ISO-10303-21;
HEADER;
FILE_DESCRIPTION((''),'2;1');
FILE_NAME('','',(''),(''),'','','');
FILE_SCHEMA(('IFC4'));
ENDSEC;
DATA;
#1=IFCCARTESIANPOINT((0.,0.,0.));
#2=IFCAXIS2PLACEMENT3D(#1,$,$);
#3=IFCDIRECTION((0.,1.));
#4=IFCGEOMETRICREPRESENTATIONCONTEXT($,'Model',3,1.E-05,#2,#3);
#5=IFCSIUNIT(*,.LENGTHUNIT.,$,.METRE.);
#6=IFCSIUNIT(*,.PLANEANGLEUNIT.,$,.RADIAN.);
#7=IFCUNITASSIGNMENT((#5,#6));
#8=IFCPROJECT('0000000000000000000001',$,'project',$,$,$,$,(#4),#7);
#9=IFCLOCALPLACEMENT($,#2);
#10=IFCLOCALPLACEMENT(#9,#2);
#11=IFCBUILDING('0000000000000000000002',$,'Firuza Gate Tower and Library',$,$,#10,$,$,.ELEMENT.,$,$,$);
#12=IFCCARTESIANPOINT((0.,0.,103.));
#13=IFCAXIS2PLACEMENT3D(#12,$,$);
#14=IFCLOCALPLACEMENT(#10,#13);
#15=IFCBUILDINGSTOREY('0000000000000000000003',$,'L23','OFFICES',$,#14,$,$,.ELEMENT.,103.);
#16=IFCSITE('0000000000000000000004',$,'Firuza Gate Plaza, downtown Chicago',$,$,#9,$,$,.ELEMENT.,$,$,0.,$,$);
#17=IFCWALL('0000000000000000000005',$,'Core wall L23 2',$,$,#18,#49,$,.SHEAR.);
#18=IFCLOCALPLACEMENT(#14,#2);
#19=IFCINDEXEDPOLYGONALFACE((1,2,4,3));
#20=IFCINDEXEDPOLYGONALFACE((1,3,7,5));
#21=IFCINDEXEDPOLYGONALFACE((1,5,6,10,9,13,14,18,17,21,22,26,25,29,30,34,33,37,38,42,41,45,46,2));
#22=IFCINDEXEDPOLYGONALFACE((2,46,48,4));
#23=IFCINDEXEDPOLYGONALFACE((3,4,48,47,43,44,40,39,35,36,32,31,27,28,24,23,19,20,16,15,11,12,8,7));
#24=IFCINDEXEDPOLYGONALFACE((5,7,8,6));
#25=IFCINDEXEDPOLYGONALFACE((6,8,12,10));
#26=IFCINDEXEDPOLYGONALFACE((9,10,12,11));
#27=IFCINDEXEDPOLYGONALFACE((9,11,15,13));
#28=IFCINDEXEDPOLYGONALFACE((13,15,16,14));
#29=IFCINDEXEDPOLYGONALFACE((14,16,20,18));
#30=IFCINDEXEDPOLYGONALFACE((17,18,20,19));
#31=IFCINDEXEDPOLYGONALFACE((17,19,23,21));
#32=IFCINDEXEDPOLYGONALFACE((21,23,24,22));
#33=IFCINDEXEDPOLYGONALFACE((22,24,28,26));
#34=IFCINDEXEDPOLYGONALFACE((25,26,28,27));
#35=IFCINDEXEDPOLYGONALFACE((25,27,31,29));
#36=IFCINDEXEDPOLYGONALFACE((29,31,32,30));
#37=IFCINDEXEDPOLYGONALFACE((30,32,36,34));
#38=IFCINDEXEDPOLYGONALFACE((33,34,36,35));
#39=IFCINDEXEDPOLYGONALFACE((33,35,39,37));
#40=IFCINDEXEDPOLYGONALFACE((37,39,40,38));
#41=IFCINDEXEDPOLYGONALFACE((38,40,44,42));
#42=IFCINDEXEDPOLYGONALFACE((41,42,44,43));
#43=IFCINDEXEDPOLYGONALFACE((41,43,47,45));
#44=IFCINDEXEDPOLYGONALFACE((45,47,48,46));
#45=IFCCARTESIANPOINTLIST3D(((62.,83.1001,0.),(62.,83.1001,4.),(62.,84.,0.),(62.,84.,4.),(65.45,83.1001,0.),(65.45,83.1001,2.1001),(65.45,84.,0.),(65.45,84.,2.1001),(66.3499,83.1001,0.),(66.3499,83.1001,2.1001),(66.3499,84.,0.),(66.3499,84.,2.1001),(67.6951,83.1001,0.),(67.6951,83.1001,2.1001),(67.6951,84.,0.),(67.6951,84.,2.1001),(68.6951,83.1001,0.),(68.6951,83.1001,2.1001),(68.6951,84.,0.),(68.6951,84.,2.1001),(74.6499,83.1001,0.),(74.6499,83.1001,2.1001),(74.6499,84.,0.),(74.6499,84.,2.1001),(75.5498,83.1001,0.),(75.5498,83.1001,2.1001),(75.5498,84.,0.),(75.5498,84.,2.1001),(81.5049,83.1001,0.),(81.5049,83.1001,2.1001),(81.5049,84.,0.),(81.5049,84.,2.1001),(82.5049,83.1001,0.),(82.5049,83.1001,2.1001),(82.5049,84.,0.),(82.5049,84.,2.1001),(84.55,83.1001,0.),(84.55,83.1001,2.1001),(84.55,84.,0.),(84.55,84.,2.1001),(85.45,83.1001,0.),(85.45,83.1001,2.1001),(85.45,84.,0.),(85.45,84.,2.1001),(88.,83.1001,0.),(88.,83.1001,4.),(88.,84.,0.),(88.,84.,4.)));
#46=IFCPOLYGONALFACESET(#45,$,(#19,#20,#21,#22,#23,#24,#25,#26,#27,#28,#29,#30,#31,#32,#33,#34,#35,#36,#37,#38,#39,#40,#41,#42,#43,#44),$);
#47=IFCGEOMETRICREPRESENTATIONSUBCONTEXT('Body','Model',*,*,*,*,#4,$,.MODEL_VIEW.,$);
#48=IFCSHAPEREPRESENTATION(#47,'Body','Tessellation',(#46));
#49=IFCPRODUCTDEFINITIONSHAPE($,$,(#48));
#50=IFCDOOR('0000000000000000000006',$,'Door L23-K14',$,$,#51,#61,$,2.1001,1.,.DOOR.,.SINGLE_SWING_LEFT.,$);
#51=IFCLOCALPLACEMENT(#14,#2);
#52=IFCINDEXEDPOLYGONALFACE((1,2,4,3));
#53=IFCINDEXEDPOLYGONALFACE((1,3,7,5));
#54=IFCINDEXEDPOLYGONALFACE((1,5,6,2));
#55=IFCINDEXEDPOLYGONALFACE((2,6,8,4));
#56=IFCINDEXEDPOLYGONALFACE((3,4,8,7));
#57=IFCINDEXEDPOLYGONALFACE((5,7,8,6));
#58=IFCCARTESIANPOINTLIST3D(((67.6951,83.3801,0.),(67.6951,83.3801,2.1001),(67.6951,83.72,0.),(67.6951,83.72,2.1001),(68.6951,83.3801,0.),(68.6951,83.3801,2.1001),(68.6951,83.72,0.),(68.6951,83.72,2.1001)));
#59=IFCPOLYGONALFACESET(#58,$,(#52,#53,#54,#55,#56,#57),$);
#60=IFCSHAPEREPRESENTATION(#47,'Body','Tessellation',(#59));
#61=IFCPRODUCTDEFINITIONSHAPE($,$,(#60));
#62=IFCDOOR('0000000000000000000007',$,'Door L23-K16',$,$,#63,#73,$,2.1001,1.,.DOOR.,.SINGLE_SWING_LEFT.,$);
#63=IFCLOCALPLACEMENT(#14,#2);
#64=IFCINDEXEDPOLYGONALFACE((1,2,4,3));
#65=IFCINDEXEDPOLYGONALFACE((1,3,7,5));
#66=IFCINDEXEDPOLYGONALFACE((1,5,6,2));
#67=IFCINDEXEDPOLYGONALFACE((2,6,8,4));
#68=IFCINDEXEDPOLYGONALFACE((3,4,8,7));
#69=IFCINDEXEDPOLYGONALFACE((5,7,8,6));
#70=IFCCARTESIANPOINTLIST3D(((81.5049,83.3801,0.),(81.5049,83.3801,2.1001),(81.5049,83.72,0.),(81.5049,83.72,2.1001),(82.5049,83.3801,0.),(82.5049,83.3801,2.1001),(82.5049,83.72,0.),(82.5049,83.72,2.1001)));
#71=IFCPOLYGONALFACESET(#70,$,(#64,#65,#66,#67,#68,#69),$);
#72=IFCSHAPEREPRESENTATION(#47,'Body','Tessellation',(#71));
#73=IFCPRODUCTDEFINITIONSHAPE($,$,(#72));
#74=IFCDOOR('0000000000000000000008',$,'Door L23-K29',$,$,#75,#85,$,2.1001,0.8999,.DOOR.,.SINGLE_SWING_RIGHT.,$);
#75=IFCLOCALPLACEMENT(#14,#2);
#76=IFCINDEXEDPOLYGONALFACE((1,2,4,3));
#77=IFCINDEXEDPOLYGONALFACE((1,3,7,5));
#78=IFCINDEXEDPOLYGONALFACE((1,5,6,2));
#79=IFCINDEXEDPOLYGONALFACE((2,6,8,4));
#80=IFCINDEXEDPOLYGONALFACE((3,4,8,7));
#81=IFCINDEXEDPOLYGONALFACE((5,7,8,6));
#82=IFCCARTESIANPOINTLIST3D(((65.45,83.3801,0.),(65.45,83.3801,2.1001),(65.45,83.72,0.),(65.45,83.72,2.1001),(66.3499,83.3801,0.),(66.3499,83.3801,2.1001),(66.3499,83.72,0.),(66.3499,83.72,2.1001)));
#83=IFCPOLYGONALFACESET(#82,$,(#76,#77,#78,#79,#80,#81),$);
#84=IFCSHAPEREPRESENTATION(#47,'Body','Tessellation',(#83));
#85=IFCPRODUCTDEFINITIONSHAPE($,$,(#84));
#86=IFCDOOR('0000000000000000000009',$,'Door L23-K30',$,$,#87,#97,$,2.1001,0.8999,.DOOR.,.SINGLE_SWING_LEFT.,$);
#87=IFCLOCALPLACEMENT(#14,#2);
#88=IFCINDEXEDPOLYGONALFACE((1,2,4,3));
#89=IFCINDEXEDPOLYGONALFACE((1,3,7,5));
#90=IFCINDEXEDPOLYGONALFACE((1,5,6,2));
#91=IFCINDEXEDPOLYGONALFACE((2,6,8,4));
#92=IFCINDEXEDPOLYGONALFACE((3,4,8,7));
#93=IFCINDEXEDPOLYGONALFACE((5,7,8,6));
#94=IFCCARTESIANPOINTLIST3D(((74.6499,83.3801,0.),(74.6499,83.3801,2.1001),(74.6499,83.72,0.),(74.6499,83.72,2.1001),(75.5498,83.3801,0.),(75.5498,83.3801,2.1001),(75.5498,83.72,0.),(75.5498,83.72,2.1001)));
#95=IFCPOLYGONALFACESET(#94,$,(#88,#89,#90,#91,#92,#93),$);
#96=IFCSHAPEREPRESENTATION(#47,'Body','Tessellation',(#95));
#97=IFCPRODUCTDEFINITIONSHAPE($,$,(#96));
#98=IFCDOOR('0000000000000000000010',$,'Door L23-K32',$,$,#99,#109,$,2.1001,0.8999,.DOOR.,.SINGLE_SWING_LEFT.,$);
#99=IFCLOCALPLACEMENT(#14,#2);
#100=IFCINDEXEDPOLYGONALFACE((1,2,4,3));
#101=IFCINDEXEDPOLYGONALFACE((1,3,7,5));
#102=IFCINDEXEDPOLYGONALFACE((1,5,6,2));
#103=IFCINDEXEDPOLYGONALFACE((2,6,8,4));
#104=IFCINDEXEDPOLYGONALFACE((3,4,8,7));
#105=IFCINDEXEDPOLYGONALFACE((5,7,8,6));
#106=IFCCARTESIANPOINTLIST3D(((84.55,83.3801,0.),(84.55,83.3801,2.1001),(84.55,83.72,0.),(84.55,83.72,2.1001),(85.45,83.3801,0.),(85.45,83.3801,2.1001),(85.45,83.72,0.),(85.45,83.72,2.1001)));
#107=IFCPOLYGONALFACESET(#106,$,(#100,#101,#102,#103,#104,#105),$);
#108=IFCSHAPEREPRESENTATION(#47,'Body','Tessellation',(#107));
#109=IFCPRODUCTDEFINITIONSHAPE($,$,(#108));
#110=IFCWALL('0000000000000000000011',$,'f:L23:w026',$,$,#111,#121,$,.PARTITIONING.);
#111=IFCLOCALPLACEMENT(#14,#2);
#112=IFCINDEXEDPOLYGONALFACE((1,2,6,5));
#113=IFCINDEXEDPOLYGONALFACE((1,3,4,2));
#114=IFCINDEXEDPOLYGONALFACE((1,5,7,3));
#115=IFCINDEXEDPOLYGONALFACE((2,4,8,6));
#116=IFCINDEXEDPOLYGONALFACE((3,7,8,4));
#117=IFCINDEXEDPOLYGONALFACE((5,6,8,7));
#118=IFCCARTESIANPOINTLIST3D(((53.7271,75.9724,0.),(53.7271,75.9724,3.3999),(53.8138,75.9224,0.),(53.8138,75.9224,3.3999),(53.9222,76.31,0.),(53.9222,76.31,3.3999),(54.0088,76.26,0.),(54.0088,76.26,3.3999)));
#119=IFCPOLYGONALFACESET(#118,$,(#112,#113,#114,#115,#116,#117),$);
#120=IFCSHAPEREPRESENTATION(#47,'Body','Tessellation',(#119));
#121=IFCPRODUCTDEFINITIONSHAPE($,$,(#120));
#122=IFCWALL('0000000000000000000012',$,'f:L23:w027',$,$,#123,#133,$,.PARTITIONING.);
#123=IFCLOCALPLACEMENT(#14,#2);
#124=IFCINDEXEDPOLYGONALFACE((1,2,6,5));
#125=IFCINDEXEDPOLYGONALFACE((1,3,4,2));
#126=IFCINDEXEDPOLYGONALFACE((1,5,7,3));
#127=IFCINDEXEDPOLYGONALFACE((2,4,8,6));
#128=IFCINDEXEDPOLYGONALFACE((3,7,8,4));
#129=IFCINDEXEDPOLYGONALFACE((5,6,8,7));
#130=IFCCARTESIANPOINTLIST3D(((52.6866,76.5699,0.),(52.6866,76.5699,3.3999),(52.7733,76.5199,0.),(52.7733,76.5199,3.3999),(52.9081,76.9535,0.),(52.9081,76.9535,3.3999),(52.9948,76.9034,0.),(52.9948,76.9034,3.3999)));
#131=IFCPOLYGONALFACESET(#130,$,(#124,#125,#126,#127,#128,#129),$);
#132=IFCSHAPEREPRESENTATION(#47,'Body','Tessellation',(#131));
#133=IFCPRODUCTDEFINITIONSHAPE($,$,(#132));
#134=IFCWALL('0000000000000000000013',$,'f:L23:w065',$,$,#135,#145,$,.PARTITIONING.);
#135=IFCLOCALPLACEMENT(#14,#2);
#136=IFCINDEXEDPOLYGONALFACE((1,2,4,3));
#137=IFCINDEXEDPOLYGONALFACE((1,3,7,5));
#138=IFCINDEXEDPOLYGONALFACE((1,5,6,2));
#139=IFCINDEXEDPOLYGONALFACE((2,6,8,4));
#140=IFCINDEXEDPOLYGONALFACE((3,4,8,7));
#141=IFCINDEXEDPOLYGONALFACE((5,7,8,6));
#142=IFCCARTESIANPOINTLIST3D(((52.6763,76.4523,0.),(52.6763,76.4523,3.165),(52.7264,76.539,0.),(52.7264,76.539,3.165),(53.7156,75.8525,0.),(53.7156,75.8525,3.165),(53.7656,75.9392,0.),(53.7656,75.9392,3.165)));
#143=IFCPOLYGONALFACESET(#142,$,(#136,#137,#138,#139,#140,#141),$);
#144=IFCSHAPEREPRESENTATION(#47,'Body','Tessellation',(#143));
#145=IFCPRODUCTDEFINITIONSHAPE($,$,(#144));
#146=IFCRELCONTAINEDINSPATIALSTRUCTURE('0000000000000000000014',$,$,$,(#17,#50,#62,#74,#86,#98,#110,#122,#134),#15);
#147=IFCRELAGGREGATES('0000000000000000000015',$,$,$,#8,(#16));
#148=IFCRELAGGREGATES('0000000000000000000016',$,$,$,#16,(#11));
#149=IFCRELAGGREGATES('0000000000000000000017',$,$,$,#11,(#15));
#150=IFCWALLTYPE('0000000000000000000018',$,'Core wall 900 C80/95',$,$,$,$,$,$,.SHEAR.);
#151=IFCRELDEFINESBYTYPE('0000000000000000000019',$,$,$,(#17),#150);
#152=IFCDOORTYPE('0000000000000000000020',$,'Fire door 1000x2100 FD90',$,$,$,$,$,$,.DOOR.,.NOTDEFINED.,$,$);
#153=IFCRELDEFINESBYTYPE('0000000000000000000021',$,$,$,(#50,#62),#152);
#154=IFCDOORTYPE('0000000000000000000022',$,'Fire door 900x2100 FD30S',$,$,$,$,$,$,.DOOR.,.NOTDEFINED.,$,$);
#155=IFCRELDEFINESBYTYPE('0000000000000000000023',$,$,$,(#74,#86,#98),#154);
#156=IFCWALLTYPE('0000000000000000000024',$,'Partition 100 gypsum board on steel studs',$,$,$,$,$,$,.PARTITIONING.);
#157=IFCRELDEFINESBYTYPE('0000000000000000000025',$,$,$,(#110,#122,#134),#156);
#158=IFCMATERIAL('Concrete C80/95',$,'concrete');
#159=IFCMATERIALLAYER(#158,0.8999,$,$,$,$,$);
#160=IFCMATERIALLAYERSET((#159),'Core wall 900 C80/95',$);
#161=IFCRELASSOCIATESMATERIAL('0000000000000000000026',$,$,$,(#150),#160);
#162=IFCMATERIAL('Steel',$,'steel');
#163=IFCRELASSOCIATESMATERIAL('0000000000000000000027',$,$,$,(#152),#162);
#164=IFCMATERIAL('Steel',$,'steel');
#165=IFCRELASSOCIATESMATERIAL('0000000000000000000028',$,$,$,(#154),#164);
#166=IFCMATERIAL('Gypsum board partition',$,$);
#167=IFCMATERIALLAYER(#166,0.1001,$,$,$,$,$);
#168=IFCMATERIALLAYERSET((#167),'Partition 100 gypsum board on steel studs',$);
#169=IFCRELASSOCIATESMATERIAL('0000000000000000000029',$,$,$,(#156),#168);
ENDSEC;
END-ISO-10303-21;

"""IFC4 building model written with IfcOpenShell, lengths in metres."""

from ifc_helpers import new_model, si_unit, direction, frame, frame_2d, origin, place, context, subcontext, project, spatial, rectangle, extrude, material, layer, layer_set, type_object, element, fill, save


model = new_model("IFC4")

# Units and contexts
model_context = context("Model", 3, precision=1e-05, world=origin(), true_north=direction((0.0, 1.0)))
body_context = subcontext(model_context, "Body", "Model", "MODEL_VIEW")
ifc_project = project(units=[si_unit("LENGTHUNIT", "METRE"), si_unit("PLANEANGLEUNIT", "RADIAN")], contexts=[model_context])

# Site, building, storey
site_placement = place(None, origin())
site = spatial("IfcSite", under=ifc_project, at=site_placement, Name="Firuza Gate Plaza, downtown Chicago", CompositionType="ELEMENT", RefElevation=0.0)
building_placement = place(site_placement, origin())
building = spatial("IfcBuilding", under=site, at=building_placement, Name="Firuza Gate Tower and Library", CompositionType="ELEMENT")
storey_placement = place(building_placement, frame((0.0, 0.0, 103.0)))
storey = spatial("IfcBuildingStorey", under=building, at=storey_placement, Name="L23", Description="OFFICES", CompositionType="ELEMENT", Elevation=103.0)

# Wall, openings, doors
ifc_material_1 = material(Name="Concrete C80/95", Category="concrete")
ifc_layer_1 = layer(ifc_material_1, 0.8999)
ifc_layer_set_1 = layer_set([ifc_layer_1], Name="Core wall 900 C80/95")
wall_type_1 = type_object("IfcWallType", Name="Core wall 900 C80/95", PredefinedType="SHEAR", material=ifc_layer_set_1)
wall_1_placement = place(storey_placement, frame((62.0, 83.55, 0.0), z_axis=(0.0, 0.0, 1.0), x_axis=(1.0, 0.0, 0.0)))
wall_1 = element("IfcWall", 1, at=wall_1_placement, inside=storey, type_object=wall_type_1, Name="Core wall L23 2", PredefinedType="SHEAR", context=body_context, shape_type="SweptSolid", body=[
    extrude(rectangle(XDim=26.0, YDim=0.8999, at=frame_2d((13.0, 0.0))), origin(), (0.0, 0.0, 1.0), 4.0),
])
opening_1_placement = place(wall_1_placement, frame((5.6951, 0.0, 0.0)))
opening_1 = element("IfcOpeningElement", 2, at=opening_1_placement, cuts=wall_1, PredefinedType="OPENING", context=body_context, shape_type="SweptSolid", body=[
    extrude(rectangle(XDim=1.0, YDim=2.1001, at=frame_2d((0.5, 1.05))), frame((0.0, 0.46, 0.0), z_axis=(0.0, -1.0, 0.0), x_axis=(1.0, 0.0, 0.0)), (0.0, 0.0, 1.0), 0.9199),
])
opening_2_placement = place(wall_1_placement, frame((19.5049, 0.0, 0.0)))
opening_2 = element("IfcOpeningElement", 3, at=opening_2_placement, cuts=wall_1, PredefinedType="OPENING", context=body_context, shape_type="SweptSolid", body=[
    extrude(rectangle(XDim=1.0, YDim=2.1001, at=frame_2d((0.5, 1.05))), frame((0.0, 0.46, 0.0), z_axis=(0.0, -1.0, 0.0), x_axis=(1.0, 0.0, 0.0)), (0.0, 0.0, 1.0), 0.9199),
])
opening_3_placement = place(wall_1_placement, frame((3.45, 0.0, 0.0)))
opening_3 = element("IfcOpeningElement", 4, at=opening_3_placement, cuts=wall_1, PredefinedType="OPENING", context=body_context, shape_type="SweptSolid", body=[
    extrude(rectangle(XDim=0.8999, YDim=2.1001, at=frame_2d((0.45, 1.05))), frame((0.0, 0.46, 0.0), z_axis=(0.0, -1.0, 0.0), x_axis=(1.0, 0.0, 0.0)), (0.0, 0.0, 1.0), 0.9199),
])
opening_4_placement = place(wall_1_placement, frame((12.6499, 0.0, 0.0)))
opening_4 = element("IfcOpeningElement", 5, at=opening_4_placement, cuts=wall_1, PredefinedType="OPENING", context=body_context, shape_type="SweptSolid", body=[
    extrude(rectangle(XDim=0.8999, YDim=2.1001, at=frame_2d((0.45, 1.05))), frame((0.0, 0.46, 0.0), z_axis=(0.0, -1.0, 0.0), x_axis=(1.0, 0.0, 0.0)), (0.0, 0.0, 1.0), 0.9199),
])
opening_5_placement = place(wall_1_placement, frame((22.55, 0.0, 0.0)))
opening_5 = element("IfcOpeningElement", 6, at=opening_5_placement, cuts=wall_1, PredefinedType="OPENING", context=body_context, shape_type="SweptSolid", body=[
    extrude(rectangle(XDim=0.8999, YDim=2.1001, at=frame_2d((0.45, 1.05))), frame((0.0, 0.46, 0.0), z_axis=(0.0, -1.0, 0.0), x_axis=(1.0, 0.0, 0.0)), (0.0, 0.0, 1.0), 0.9199),
])
ifc_material_2 = material(Name="Steel", Category="steel")
door_type_1 = type_object("IfcDoorType", Name="Fire door 1000x2100 FD90", OperationType="NOTDEFINED", PredefinedType="DOOR", material=ifc_material_2)
door_1_placement = place(opening_1_placement, origin())
door_1 = element("IfcDoor", 7, at=door_1_placement, inside=storey, type_object=door_type_1, Name="Door L23-K14", OperationType="SINGLE_SWING_LEFT", OverallHeight=2.1001, OverallWidth=1.0, PredefinedType="DOOR", context=body_context, shape_type="SweptSolid", body=[
    extrude(rectangle(XDim=1.0, YDim=2.1001, at=frame_2d((0.5, 1.05))), frame((0.0, 0.1699, 0.0), z_axis=(0.0, -1.0, 0.0), x_axis=(1.0, 0.0, 0.0)), (0.0, 0.0, 1.0), 0.3398),
])
fill(opening_1, door_1)
door_2_placement = place(opening_2_placement, origin())
door_2 = element("IfcDoor", 8, at=door_2_placement, inside=storey, type_object=door_type_1, Name="Door L23-K16", OperationType="SINGLE_SWING_LEFT", OverallHeight=2.1001, OverallWidth=1.0, PredefinedType="DOOR", context=body_context, shape_type="SweptSolid", body=[
    extrude(rectangle(XDim=1.0, YDim=2.1001, at=frame_2d((0.5, 1.05))), frame((0.0, 0.1699, 0.0), z_axis=(0.0, -1.0, 0.0), x_axis=(1.0, 0.0, 0.0)), (0.0, 0.0, 1.0), 0.3398),
])
fill(opening_2, door_2)
ifc_material_3 = material(Name="Steel", Category="steel")
door_type_2 = type_object("IfcDoorType", Name="Fire door 900x2100 FD30S", OperationType="NOTDEFINED", PredefinedType="DOOR", material=ifc_material_3)
door_3_placement = place(opening_3_placement, origin())
door_3 = element("IfcDoor", 9, at=door_3_placement, inside=storey, type_object=door_type_2, Name="Door L23-K29", OperationType="SINGLE_SWING_RIGHT", OverallHeight=2.1001, OverallWidth=0.8999, PredefinedType="DOOR", context=body_context, shape_type="SweptSolid", body=[
    extrude(rectangle(XDim=0.8999, YDim=2.1001, at=frame_2d((0.45, 1.05))), frame((0.0, 0.1699, 0.0), z_axis=(0.0, -1.0, 0.0), x_axis=(1.0, 0.0, 0.0)), (0.0, 0.0, 1.0), 0.3398),
])
fill(opening_3, door_3)
door_4_placement = place(opening_4_placement, origin())
door_4 = element("IfcDoor", 10, at=door_4_placement, inside=storey, type_object=door_type_2, Name="Door L23-K30", OperationType="SINGLE_SWING_LEFT", OverallHeight=2.1001, OverallWidth=0.8999, PredefinedType="DOOR", context=body_context, shape_type="SweptSolid", body=[
    extrude(rectangle(XDim=0.8999, YDim=2.1001, at=frame_2d((0.45, 1.05))), frame((0.0, 0.1699, 0.0), z_axis=(0.0, -1.0, 0.0), x_axis=(1.0, 0.0, 0.0)), (0.0, 0.0, 1.0), 0.3398),
])
fill(opening_4, door_4)
door_5_placement = place(opening_5_placement, origin())
door_5 = element("IfcDoor", 11, at=door_5_placement, inside=storey, type_object=door_type_2, Name="Door L23-K32", OperationType="SINGLE_SWING_LEFT", OverallHeight=2.1001, OverallWidth=0.8999, PredefinedType="DOOR", context=body_context, shape_type="SweptSolid", body=[
    extrude(rectangle(XDim=0.8999, YDim=2.1001, at=frame_2d((0.45, 1.05))), frame((0.0, 0.1699, 0.0), z_axis=(0.0, -1.0, 0.0), x_axis=(1.0, 0.0, 0.0)), (0.0, 0.0, 1.0), 0.3398),
])
fill(opening_5, door_5)

# Walls
ifc_material_4 = material(Name="Gypsum board partition")
ifc_layer_2 = layer(ifc_material_4, 0.1001)
ifc_layer_set_2 = layer_set([ifc_layer_2], Name="Partition 100 gypsum board on steel studs")
wall_type_2 = type_object("IfcWallType", Name="Partition 100 gypsum board on steel studs", PredefinedType="PARTITIONING", material=ifc_layer_set_2)
wall_2_placement = place(storey_placement, frame((53.7705, 75.9475, 0.0), z_axis=(0.0, 0.0, 1.0), x_axis=(0.500246, 0.865883, 0.0)))
element("IfcWall", 12, at=wall_2_placement, inside=storey, type_object=wall_type_2, Name="f:L23:w026", PredefinedType="PARTITIONING", context=body_context, shape_type="SweptSolid", body=[
    extrude(rectangle(XDim=0.3899, YDim=0.1001, at=frame_2d((0.1948, 0.0))), origin(), (0.0, 0.0, 1.0), 3.3999),
])
wall_3_placement = place(storey_placement, frame((52.73, 76.5449, 0.0), z_axis=(0.0, 0.0, 1.0), x_axis=(0.499993, 0.86603, 0.0)))
element("IfcWall", 13, at=wall_3_placement, inside=storey, type_object=wall_type_2, Name="f:L23:w027", PredefinedType="PARTITIONING", context=body_context, shape_type="SweptSolid", body=[
    extrude(rectangle(XDim=0.4429, YDim=0.1001, at=frame_2d((0.2214, 0.0))), origin(), (0.0, 0.0, 1.0), 3.3999),
])
wall_4_placement = place(storey_placement, frame((53.7407, 75.8958, 0.0), z_axis=(0.0, 0.0, 1.0), x_axis=(-0.866094, 0.499881, 0.0)))
element("IfcWall", 14, at=wall_4_placement, inside=storey, type_object=wall_type_2, Name="f:L23:w065", PredefinedType="PARTITIONING", context=body_context, shape_type="SweptSolid", body=[
    extrude(rectangle(XDim=1.2, YDim=0.1001, at=frame_2d((0.6001, 0.0))), origin(), (0.0, 0.0, 1.0), 3.165),
])

save(model, "model.ifc")
